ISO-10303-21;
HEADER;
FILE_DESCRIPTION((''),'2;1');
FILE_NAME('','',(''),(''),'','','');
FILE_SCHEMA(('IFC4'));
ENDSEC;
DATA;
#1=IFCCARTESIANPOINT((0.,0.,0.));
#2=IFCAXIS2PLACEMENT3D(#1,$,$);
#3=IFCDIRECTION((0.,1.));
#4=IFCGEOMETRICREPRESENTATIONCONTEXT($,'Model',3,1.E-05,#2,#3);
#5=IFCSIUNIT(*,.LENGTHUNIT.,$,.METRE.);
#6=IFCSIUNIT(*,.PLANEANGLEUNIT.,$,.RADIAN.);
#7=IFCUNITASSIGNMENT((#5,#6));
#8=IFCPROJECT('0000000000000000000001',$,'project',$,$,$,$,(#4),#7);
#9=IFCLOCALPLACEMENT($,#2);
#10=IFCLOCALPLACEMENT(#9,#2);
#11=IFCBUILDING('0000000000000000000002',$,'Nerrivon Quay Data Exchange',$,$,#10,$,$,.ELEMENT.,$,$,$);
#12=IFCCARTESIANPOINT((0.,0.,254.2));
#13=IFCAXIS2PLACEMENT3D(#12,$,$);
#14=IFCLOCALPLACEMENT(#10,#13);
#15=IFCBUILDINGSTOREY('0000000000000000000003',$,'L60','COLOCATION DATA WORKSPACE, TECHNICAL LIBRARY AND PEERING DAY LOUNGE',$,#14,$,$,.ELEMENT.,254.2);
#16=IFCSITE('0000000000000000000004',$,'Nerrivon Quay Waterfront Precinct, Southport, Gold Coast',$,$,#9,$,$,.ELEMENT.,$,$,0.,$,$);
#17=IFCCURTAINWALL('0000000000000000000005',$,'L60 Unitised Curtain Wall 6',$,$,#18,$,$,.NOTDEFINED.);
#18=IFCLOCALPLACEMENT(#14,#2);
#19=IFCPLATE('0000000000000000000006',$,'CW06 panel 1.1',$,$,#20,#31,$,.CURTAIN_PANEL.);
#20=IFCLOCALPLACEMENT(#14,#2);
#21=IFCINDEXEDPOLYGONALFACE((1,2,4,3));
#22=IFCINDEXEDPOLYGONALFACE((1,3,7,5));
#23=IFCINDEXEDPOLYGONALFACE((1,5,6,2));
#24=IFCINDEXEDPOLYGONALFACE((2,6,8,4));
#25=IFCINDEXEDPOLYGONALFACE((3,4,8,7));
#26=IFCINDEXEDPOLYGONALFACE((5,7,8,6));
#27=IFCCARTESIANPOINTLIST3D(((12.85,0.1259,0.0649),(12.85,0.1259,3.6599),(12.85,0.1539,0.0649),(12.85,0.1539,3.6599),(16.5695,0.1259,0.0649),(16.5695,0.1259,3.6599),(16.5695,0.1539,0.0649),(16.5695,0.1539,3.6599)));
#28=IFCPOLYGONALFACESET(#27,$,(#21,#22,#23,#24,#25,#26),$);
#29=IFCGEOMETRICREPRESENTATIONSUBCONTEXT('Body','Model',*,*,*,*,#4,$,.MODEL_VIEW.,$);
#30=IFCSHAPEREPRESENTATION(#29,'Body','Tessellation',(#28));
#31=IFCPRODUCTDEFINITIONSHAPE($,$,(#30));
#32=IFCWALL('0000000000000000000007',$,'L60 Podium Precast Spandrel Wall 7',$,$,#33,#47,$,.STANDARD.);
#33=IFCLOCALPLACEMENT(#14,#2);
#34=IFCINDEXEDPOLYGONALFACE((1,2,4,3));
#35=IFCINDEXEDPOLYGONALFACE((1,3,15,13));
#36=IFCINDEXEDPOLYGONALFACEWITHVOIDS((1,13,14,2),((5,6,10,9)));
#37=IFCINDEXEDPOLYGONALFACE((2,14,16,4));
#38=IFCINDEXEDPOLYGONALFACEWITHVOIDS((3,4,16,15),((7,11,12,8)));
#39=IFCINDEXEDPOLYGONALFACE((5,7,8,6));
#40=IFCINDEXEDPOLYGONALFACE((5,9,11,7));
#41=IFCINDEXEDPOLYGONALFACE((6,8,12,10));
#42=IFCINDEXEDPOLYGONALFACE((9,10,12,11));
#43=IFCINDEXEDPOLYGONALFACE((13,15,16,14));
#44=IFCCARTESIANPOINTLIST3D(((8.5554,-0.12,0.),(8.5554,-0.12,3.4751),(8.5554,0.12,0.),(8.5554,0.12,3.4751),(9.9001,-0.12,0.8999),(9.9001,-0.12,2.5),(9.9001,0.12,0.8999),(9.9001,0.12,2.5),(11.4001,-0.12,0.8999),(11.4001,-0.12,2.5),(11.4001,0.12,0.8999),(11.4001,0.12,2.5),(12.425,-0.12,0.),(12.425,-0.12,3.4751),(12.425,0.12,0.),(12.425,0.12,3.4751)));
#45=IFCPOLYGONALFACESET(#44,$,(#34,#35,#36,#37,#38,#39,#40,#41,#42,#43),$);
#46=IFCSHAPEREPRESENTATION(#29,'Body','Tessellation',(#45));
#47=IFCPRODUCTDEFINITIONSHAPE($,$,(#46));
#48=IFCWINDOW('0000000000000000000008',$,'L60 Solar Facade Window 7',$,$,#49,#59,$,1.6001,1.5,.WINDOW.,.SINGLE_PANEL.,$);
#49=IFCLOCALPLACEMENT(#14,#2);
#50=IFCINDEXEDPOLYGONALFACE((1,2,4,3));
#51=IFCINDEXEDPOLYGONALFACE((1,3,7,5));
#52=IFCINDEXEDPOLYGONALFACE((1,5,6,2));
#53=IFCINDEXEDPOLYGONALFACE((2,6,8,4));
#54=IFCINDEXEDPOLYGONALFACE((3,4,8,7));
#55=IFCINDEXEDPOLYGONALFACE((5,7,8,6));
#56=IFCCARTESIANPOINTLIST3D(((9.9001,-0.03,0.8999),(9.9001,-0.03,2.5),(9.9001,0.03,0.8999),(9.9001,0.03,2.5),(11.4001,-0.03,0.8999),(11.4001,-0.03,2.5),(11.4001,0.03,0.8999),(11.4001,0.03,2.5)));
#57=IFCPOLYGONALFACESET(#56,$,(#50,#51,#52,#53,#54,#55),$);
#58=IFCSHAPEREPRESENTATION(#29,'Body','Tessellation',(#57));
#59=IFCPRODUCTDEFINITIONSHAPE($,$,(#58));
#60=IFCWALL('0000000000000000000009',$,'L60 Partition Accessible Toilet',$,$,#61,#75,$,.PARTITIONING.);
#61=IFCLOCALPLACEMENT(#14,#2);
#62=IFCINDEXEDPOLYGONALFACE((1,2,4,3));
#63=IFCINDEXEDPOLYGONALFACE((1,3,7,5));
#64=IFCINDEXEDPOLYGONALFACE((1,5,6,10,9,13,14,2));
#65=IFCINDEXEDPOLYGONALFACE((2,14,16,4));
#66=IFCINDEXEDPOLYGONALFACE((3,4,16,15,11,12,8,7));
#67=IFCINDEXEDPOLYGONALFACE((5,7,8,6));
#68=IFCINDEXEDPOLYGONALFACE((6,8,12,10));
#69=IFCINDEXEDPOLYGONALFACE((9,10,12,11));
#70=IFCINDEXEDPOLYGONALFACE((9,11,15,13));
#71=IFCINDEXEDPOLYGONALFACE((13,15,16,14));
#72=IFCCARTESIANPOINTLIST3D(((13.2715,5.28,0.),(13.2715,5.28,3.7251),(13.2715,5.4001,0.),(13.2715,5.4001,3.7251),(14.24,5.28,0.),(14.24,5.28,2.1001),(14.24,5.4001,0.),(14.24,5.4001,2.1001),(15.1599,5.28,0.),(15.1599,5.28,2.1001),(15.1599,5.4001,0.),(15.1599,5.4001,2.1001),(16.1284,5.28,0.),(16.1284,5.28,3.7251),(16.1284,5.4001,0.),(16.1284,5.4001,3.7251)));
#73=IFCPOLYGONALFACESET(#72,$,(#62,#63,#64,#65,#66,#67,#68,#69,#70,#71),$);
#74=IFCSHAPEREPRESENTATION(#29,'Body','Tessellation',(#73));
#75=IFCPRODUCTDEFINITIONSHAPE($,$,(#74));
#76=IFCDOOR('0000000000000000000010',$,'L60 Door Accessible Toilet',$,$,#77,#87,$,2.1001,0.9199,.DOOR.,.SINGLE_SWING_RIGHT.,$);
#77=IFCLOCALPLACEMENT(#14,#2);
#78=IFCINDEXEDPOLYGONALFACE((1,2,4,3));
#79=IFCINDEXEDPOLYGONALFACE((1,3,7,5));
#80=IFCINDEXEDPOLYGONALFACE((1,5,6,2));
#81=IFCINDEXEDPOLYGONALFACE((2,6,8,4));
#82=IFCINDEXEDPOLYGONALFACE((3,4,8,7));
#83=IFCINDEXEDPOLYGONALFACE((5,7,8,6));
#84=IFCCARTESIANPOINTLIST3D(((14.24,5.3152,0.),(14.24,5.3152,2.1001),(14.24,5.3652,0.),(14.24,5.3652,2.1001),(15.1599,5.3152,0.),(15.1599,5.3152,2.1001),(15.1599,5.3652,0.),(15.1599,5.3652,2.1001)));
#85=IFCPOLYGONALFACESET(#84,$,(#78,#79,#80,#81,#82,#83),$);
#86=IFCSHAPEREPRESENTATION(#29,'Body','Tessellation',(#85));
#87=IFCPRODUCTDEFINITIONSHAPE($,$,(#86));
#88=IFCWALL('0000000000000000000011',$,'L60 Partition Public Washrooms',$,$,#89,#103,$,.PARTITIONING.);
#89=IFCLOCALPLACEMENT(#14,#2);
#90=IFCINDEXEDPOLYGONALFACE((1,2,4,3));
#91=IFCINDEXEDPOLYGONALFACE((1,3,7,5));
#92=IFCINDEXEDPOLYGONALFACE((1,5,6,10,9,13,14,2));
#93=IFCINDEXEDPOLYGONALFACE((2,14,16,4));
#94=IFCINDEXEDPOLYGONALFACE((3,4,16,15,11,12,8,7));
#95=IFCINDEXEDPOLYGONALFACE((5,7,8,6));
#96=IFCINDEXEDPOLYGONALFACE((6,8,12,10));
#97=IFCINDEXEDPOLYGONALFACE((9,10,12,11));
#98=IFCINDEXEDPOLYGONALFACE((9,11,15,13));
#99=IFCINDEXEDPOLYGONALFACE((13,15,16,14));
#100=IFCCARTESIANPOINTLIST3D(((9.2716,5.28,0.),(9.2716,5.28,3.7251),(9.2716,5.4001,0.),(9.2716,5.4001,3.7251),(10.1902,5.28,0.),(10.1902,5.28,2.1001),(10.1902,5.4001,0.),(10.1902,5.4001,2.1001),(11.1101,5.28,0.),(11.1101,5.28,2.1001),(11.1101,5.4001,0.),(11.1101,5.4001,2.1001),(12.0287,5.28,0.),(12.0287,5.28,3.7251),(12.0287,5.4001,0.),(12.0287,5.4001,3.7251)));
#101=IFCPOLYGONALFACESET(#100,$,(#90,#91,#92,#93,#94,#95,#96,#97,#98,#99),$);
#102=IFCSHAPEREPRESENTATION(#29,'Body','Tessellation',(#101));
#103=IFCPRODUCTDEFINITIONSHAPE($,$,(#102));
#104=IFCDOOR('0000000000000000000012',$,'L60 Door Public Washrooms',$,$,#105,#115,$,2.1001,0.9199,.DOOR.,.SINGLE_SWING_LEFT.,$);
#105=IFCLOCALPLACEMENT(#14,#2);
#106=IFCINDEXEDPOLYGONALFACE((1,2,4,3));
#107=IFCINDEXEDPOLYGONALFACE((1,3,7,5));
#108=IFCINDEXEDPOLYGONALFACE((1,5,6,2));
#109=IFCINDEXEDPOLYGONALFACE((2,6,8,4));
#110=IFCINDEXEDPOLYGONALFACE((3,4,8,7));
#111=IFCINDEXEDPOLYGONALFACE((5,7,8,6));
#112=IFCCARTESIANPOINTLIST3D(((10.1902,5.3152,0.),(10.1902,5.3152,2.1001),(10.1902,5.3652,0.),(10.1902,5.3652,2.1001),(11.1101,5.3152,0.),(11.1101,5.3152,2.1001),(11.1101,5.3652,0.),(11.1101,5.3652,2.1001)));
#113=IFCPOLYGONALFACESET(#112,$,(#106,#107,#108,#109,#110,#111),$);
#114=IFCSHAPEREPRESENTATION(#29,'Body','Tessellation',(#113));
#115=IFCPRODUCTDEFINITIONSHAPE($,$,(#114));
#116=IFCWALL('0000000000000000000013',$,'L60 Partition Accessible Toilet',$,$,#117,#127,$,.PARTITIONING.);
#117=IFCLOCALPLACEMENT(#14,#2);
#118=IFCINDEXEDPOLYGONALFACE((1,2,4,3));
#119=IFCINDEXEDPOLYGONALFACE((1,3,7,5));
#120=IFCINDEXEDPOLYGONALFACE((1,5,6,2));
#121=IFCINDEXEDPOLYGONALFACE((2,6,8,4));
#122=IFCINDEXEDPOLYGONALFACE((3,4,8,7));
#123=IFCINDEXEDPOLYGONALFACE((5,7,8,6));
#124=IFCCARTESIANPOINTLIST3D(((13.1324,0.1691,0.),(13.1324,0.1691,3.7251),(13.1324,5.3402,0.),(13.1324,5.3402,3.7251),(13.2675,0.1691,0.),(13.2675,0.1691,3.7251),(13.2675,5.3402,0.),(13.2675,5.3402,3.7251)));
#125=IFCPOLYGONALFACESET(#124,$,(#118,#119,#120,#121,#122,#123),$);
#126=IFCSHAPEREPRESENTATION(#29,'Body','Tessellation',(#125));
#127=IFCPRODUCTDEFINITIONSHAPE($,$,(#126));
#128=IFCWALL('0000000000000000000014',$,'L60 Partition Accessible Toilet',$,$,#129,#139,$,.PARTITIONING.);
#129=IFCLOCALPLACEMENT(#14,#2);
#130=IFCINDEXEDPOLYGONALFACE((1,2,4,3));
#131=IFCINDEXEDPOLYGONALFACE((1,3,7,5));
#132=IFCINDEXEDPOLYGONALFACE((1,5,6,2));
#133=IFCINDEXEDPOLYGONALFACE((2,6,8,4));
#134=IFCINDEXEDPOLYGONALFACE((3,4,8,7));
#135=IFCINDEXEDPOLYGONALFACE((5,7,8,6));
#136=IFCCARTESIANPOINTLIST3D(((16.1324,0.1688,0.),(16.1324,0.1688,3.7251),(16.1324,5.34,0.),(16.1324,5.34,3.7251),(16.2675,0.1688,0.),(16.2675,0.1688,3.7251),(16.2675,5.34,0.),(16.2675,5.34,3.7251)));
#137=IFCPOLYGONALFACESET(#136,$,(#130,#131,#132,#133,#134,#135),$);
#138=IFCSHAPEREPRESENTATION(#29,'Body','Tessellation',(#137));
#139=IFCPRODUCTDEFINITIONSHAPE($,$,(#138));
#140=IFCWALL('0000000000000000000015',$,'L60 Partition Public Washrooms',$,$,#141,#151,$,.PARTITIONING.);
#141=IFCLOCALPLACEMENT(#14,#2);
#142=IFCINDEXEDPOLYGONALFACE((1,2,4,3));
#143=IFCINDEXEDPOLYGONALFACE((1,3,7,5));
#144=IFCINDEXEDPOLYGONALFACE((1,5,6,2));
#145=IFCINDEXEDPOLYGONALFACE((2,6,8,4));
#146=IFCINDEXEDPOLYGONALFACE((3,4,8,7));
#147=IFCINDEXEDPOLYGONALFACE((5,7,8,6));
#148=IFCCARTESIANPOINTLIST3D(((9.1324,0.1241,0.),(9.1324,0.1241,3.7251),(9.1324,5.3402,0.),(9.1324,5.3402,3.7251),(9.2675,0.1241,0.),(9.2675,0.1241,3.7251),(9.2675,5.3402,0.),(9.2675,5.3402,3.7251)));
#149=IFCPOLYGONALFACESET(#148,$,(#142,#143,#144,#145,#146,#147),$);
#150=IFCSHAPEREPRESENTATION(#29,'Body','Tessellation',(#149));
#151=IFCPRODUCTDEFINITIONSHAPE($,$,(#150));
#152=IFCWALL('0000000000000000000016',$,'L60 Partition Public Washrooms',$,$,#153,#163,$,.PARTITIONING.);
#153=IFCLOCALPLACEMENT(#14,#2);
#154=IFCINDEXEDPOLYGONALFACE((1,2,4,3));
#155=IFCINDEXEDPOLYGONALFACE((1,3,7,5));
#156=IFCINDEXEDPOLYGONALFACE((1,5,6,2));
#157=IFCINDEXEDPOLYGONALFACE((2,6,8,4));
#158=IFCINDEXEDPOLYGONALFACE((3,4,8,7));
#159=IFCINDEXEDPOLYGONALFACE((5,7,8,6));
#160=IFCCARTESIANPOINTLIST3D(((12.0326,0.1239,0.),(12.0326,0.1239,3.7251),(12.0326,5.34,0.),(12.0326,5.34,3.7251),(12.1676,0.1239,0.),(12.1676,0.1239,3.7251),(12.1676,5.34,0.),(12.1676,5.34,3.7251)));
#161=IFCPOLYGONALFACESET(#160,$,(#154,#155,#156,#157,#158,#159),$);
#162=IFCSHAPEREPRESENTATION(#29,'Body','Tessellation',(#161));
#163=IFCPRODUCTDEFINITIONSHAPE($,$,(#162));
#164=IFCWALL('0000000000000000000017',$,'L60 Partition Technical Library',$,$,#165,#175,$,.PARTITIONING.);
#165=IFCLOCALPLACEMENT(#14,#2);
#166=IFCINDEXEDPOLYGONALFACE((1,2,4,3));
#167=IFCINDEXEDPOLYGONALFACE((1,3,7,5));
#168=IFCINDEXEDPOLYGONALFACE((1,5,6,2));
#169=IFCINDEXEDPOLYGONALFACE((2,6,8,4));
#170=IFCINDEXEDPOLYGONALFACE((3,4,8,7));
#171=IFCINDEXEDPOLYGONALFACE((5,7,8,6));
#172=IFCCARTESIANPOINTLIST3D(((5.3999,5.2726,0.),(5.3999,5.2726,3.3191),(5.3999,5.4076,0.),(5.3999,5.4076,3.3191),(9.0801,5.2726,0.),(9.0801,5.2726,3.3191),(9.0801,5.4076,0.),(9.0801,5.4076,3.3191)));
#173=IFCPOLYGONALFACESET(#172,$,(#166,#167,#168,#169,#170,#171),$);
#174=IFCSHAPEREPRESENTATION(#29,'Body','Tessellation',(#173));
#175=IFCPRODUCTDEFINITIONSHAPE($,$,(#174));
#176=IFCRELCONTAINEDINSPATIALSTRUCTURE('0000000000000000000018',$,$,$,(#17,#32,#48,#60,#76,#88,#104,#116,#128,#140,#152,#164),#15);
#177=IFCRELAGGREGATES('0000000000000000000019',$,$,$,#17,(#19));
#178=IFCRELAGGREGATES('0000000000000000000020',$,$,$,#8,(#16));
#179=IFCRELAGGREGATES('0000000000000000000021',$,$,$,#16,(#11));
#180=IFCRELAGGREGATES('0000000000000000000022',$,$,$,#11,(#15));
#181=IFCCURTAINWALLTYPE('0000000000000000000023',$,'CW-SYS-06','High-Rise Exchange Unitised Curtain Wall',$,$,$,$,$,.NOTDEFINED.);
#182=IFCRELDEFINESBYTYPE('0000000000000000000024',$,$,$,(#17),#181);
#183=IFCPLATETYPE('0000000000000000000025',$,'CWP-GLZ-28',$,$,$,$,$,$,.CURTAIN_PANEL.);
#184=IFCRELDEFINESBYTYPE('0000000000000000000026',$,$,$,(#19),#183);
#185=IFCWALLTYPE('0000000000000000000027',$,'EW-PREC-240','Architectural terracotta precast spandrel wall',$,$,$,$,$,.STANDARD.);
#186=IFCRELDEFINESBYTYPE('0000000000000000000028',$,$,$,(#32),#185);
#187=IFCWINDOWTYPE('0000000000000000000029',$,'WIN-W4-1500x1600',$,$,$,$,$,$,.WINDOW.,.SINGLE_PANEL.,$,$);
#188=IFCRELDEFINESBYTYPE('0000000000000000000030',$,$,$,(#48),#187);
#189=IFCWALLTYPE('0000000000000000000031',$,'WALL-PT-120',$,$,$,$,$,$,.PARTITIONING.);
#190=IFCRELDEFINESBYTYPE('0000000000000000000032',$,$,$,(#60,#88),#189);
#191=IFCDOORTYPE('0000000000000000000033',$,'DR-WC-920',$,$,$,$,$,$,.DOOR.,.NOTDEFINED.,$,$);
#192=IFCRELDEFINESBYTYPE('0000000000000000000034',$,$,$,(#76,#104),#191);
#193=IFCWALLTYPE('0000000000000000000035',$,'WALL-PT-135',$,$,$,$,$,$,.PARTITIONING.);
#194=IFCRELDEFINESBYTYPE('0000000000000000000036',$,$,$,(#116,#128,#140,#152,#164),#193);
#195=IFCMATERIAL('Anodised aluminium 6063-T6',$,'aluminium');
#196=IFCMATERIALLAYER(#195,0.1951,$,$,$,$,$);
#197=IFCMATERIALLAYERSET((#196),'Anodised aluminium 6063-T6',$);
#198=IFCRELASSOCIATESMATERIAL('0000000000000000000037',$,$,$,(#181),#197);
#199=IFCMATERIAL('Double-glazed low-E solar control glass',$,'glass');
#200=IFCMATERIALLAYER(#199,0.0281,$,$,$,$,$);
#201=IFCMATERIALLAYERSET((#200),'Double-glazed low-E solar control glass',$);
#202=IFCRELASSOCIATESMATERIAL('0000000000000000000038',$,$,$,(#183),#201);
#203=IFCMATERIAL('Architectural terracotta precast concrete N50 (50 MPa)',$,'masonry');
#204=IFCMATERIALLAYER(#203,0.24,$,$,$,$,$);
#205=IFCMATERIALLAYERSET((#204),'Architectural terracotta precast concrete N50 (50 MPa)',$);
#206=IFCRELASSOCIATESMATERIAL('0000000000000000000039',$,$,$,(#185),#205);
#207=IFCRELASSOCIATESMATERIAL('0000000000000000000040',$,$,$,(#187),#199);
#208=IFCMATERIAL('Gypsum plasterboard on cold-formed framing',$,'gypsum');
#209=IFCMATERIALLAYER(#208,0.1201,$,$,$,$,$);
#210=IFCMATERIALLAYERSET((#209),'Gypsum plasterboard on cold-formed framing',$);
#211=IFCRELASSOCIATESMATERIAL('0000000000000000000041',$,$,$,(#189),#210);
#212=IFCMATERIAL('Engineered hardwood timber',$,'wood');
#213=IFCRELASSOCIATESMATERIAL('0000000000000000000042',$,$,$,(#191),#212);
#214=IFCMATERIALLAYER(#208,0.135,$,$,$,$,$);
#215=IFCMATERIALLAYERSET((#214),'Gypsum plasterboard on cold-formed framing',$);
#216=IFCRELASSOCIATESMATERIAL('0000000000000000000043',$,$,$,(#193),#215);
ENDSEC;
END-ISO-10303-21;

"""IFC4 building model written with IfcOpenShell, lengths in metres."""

from ifc_helpers import new_model, si_unit, direction, frame, frame_2d, origin, origin_2d, place, context, subcontext, project, spatial, rectangle, extrude, material, layer, layer_set, type_object, element, fill, aggregate, save


model = new_model("IFC4")

# Units and contexts
model_context = context("Model", 3, precision=1e-05, world=origin(), true_north=direction((0.0, 1.0)))
body_context = subcontext(model_context, "Body", "Model", "MODEL_VIEW")
ifc_project = project(units=[si_unit("LENGTHUNIT", "METRE"), si_unit("PLANEANGLEUNIT", "RADIAN")], contexts=[model_context])

# Site, building, storey
site_placement = place(None, origin())
site = spatial("IfcSite", under=ifc_project, at=site_placement, Name="Nerrivon Quay Waterfront Precinct, Southport, Gold Coast", CompositionType="ELEMENT", RefElevation=0.0)
building_placement = place(site_placement, origin())
building = spatial("IfcBuilding", under=site, at=building_placement, Name="Nerrivon Quay Data Exchange", CompositionType="ELEMENT")
storey_placement = place(building_placement, frame((0.0, 0.0, 254.2)))
storey = spatial("IfcBuildingStorey", under=building, at=storey_placement, Name="L60", Description="COLOCATION DATA WORKSPACE, TECHNICAL LIBRARY AND PEERING DAY LOUNGE", CompositionType="ELEMENT", Elevation=254.2)

# Curtain wall, plate
ifc_material_1 = material(Name="Anodised aluminium 6063-T6", Category="aluminium")
ifc_layer_1 = layer(ifc_material_1, 0.1951)
ifc_layer_set_1 = layer_set([ifc_layer_1], Name="Anodised aluminium 6063-T6")
curtain_wall_type = type_object("IfcCurtainWallType", Name="CW-SYS-06", Description="High-Rise Exchange Unitised Curtain Wall", PredefinedType="NOTDEFINED", material=ifc_layer_set_1)
curtain_wall_placement = place(storey_placement, origin())
curtain_wall = element("IfcCurtainWall", 1, at=curtain_wall_placement, inside=storey, type_object=curtain_wall_type, Name="L60 Unitised Curtain Wall 6", PredefinedType="NOTDEFINED")
ifc_material_2 = material(Name="Double-glazed low-E solar control glass", Category="glass")
ifc_layer_2 = layer(ifc_material_2, 0.0281)
ifc_layer_set_2 = layer_set([ifc_layer_2], Name="Double-glazed low-E solar control glass")
plate_type = type_object("IfcPlateType", Name="CWP-GLZ-28", PredefinedType="CURTAIN_PANEL", material=ifc_layer_set_2)
plate_placement = place(storey_placement, frame((14.7097, 0.1399, 0.0649), z_axis=(0.0, 0.0, 1.0), x_axis=(-1.0, 0.0, 0.0)))
plate = element("IfcPlate", 2, at=plate_placement, type_object=plate_type, Name="CW06 panel 1.1", PredefinedType="CURTAIN_PANEL", context=body_context, shape_type="SweptSolid", body=[
    extrude(rectangle(XDim=3.7195, YDim=0.0281, at=origin_2d()), origin(), (0.0, 0.0, 1.0), 3.595),
])
aggregate(curtain_wall, [plate])

# Wall, opening, window
ifc_material_3 = material(Name="Architectural terracotta precast concrete N50 (50 MPa)", Category="masonry")
ifc_layer_3 = layer(ifc_material_3, 0.24)
ifc_layer_set_3 = layer_set([ifc_layer_3], Name="Architectural terracotta precast concrete N50 (50 MPa)")
wall_type_1 = type_object("IfcWallType", Name="EW-PREC-240", Description="Architectural terracotta precast spandrel wall", PredefinedType="STANDARD", material=ifc_layer_set_3)
wall_1_placement = place(storey_placement, frame((12.425, 0.0, 0.0), z_axis=(0.0, 0.0, 1.0), x_axis=(-1.0, 0.0, 0.0)))
wall_1 = element("IfcWall", 3, at=wall_1_placement, inside=storey, type_object=wall_type_1, Name="L60 Podium Precast Spandrel Wall 7", PredefinedType="STANDARD", context=body_context, shape_type="SweptSolid", body=[
    extrude(rectangle(XDim=3.8696, YDim=0.24, at=frame_2d((1.9348, 0.0))), origin(), (0.0, 0.0, 1.0), 3.4751),
])
opening_1_placement = place(wall_1_placement, frame((1.0249, 0.0, 0.8999)))
opening_1 = element("IfcOpeningElement", 4, at=opening_1_placement, cuts=wall_1, PredefinedType="OPENING", context=body_context, shape_type="SweptSolid", body=[
    extrude(rectangle(XDim=1.5, YDim=1.6001, at=frame_2d((0.75, 0.8))), frame((0.0, 0.1299, 0.0), z_axis=(0.0, -1.0, 0.0), x_axis=(1.0, 0.0, 0.0)), (0.0, 0.0, 1.0), 0.26),
])
window_type = type_object("IfcWindowType", Name="WIN-W4-1500x1600", PartitioningType="SINGLE_PANEL", PredefinedType="WINDOW", material=ifc_material_2)
window_placement = place(opening_1_placement, origin())
window = element("IfcWindow", 5, at=window_placement, inside=storey, type_object=window_type, Name="L60 Solar Facade Window 7", OverallHeight=1.6001, OverallWidth=1.5, PartitioningType="SINGLE_PANEL", PredefinedType="WINDOW", context=body_context, shape_type="SweptSolid", body=[
    extrude(rectangle(XDim=1.5, YDim=1.6001, at=frame_2d((0.75, 0.8))), frame((0.0, 0.03, 0.0), z_axis=(0.0, -1.0, 0.0), x_axis=(1.0, 0.0, 0.0)), (0.0, 0.0, 1.0), 0.0601),
])
fill(opening_1, window)

# Walls, openings, doors
ifc_material_4 = material(Name="Gypsum plasterboard on cold-formed framing", Category="gypsum")
ifc_layer_4 = layer(ifc_material_4, 0.1201)
ifc_layer_set_4 = layer_set([ifc_layer_4], Name="Gypsum plasterboard on cold-formed framing")
wall_type_2 = type_object("IfcWallType", Name="WALL-PT-120", PredefinedType="PARTITIONING", material=ifc_layer_set_4)
wall_2_placement = place(storey_placement, frame((16.1284, 5.3401, 0.0), z_axis=(0.0, 0.0, 1.0), x_axis=(-1.0, 0.0, 0.0)))
wall_2 = element("IfcWall", 6, at=wall_2_placement, inside=storey, type_object=wall_type_2, Name="L60 Partition Accessible Toilet", PredefinedType="PARTITIONING", context=body_context, shape_type="SweptSolid", body=[
    extrude(rectangle(XDim=2.8569, YDim=0.1201, at=frame_2d((1.4285, 0.0))), origin(), (0.0, 0.0, 1.0), 3.7251),
])
opening_2_placement = place(wall_2_placement, frame((0.9685, 0.0, 0.0)))
opening_2 = element("IfcOpeningElement", 7, at=opening_2_placement, cuts=wall_2, PredefinedType="OPENING", context=body_context, shape_type="SweptSolid", body=[
    extrude(rectangle(XDim=0.9199, YDim=2.1001, at=frame_2d((0.46, 1.05))), frame((0.0, 0.0701, 0.0), z_axis=(0.0, -1.0, 0.0), x_axis=(1.0, 0.0, 0.0)), (0.0, 0.0, 1.0), 0.1401),
])
ifc_material_5 = material(Name="Engineered hardwood timber", Category="wood")
door_type_1 = type_object("IfcDoorType", Name="DR-WC-920", OperationType="NOTDEFINED", PredefinedType="DOOR", material=ifc_material_5)
door_1_placement = place(opening_2_placement, origin())
door_1 = element("IfcDoor", 8, at=door_1_placement, inside=storey, type_object=door_type_1, Name="L60 Door Accessible Toilet", OperationType="SINGLE_SWING_RIGHT", OverallHeight=2.1001, OverallWidth=0.9199, PredefinedType="DOOR", context=body_context, shape_type="SweptSolid", body=[
    extrude(rectangle(XDim=0.9199, YDim=2.1001, at=frame_2d((0.46, 1.05))), frame((0.0, 0.0249, 0.0), z_axis=(0.0, -1.0, 0.0), x_axis=(1.0, 0.0, 0.0)), (0.0, 0.0, 1.0), 0.05),
])
fill(opening_2, door_1)
wall_3_placement = place(storey_placement, frame((12.0286, 5.3401, 0.0), z_axis=(0.0, 0.0, 1.0), x_axis=(-1.0, 0.0, 0.0)))
wall_3 = element("IfcWall", 9, at=wall_3_placement, inside=storey, type_object=wall_type_2, Name="L60 Partition Public Washrooms", PredefinedType="PARTITIONING", context=body_context, shape_type="SweptSolid", body=[
    extrude(rectangle(XDim=2.7571, YDim=0.1201, at=frame_2d((1.3784, 0.0))), origin(), (0.0, 0.0, 1.0), 3.7251),
])
opening_3_placement = place(wall_3_placement, frame((0.9185, 0.0, 0.0)))
opening_3 = element("IfcOpeningElement", 10, at=opening_3_placement, cuts=wall_3, PredefinedType="OPENING", context=body_context, shape_type="SweptSolid", body=[
    extrude(rectangle(XDim=0.9199, YDim=2.1001, at=frame_2d((0.46, 1.05))), frame((0.0, 0.0701, 0.0), z_axis=(0.0, -1.0, 0.0), x_axis=(1.0, 0.0, 0.0)), (0.0, 0.0, 1.0), 0.1401),
])
door_2_placement = place(opening_3_placement, origin())
door_2 = element("IfcDoor", 11, at=door_2_placement, inside=storey, type_object=door_type_1, Name="L60 Door Public Washrooms", OperationType="SINGLE_SWING_LEFT", OverallHeight=2.1001, OverallWidth=0.9199, PredefinedType="DOOR", context=body_context, shape_type="SweptSolid", body=[
    extrude(rectangle(XDim=0.9199, YDim=2.1001, at=frame_2d((0.46, 1.05))), frame((0.0, 0.0249, 0.0), z_axis=(0.0, -1.0, 0.0), x_axis=(1.0, 0.0, 0.0)), (0.0, 0.0, 1.0), 0.05),
])
fill(opening_3, door_2)

# Walls
ifc_layer_5 = layer(ifc_material_4, 0.135)
ifc_layer_set_5 = layer_set([ifc_layer_5], Name="Gypsum plasterboard on cold-formed framing")
wall_type_3 = type_object("IfcWallType", Name="WALL-PT-135", PredefinedType="PARTITIONING", material=ifc_layer_set_5)
for number, where, z_axis, x_axis, name in (
    (12, (13.2, 5.3401, 0.0), (0.0, 0.0, 1.0), (0.0, -1.0, 0.0), "L60 Partition Accessible Toilet"),
    (13, (16.2, 0.1689, 0.0), (0.0, 0.0, 1.0), (0.0, 1.0, 0.0), "L60 Partition Accessible Toilet"),
):
    element("IfcWall", number, at=place(storey_placement, frame(where, z_axis=z_axis, x_axis=x_axis)), inside=storey, type_object=wall_type_3, Name=name, PredefinedType="PARTITIONING", context=body_context, shape_type="SweptSolid", body=[
        extrude(rectangle(XDim=5.1711, YDim=0.135, at=frame_2d((2.5854, 0.0))), origin(), (0.0, 0.0, 1.0), 3.7251),
    ])
for number, where, z_axis, x_axis, name in (
    (14, (9.2, 5.3401, 0.0), (0.0, 0.0, 1.0), (0.0, -1.0, 0.0), "L60 Partition Public Washrooms"),
    (15, (12.1001, 0.124, 0.0), (0.0, 0.0, 1.0), (0.0, 1.0, 0.0), "L60 Partition Public Washrooms"),
):
    element("IfcWall", number, at=place(storey_placement, frame(where, z_axis=z_axis, x_axis=x_axis)), inside=storey, type_object=wall_type_3, Name=name, PredefinedType="PARTITIONING", context=body_context, shape_type="SweptSolid", body=[
        extrude(rectangle(XDim=5.2161, YDim=0.135, at=frame_2d((2.6079, 0.0))), origin(), (0.0, 0.0, 1.0), 3.7251),
    ])
wall_4_placement = place(storey_placement, frame((9.0801, 5.3401, 0.0), z_axis=(0.0, 0.0, 1.0), x_axis=(-1.0, 0.0, 0.0)))
element("IfcWall", 16, at=wall_4_placement, inside=storey, type_object=wall_type_3, Name="L60 Partition Technical Library", PredefinedType="PARTITIONING", context=body_context, shape_type="SweptSolid", body=[
    extrude(rectangle(XDim=3.6802, YDim=0.135, at=frame_2d((1.8401, 0.0))), origin(), (0.0, 0.0, 1.0), 3.3191),
])

save(model, "model.ifc")
